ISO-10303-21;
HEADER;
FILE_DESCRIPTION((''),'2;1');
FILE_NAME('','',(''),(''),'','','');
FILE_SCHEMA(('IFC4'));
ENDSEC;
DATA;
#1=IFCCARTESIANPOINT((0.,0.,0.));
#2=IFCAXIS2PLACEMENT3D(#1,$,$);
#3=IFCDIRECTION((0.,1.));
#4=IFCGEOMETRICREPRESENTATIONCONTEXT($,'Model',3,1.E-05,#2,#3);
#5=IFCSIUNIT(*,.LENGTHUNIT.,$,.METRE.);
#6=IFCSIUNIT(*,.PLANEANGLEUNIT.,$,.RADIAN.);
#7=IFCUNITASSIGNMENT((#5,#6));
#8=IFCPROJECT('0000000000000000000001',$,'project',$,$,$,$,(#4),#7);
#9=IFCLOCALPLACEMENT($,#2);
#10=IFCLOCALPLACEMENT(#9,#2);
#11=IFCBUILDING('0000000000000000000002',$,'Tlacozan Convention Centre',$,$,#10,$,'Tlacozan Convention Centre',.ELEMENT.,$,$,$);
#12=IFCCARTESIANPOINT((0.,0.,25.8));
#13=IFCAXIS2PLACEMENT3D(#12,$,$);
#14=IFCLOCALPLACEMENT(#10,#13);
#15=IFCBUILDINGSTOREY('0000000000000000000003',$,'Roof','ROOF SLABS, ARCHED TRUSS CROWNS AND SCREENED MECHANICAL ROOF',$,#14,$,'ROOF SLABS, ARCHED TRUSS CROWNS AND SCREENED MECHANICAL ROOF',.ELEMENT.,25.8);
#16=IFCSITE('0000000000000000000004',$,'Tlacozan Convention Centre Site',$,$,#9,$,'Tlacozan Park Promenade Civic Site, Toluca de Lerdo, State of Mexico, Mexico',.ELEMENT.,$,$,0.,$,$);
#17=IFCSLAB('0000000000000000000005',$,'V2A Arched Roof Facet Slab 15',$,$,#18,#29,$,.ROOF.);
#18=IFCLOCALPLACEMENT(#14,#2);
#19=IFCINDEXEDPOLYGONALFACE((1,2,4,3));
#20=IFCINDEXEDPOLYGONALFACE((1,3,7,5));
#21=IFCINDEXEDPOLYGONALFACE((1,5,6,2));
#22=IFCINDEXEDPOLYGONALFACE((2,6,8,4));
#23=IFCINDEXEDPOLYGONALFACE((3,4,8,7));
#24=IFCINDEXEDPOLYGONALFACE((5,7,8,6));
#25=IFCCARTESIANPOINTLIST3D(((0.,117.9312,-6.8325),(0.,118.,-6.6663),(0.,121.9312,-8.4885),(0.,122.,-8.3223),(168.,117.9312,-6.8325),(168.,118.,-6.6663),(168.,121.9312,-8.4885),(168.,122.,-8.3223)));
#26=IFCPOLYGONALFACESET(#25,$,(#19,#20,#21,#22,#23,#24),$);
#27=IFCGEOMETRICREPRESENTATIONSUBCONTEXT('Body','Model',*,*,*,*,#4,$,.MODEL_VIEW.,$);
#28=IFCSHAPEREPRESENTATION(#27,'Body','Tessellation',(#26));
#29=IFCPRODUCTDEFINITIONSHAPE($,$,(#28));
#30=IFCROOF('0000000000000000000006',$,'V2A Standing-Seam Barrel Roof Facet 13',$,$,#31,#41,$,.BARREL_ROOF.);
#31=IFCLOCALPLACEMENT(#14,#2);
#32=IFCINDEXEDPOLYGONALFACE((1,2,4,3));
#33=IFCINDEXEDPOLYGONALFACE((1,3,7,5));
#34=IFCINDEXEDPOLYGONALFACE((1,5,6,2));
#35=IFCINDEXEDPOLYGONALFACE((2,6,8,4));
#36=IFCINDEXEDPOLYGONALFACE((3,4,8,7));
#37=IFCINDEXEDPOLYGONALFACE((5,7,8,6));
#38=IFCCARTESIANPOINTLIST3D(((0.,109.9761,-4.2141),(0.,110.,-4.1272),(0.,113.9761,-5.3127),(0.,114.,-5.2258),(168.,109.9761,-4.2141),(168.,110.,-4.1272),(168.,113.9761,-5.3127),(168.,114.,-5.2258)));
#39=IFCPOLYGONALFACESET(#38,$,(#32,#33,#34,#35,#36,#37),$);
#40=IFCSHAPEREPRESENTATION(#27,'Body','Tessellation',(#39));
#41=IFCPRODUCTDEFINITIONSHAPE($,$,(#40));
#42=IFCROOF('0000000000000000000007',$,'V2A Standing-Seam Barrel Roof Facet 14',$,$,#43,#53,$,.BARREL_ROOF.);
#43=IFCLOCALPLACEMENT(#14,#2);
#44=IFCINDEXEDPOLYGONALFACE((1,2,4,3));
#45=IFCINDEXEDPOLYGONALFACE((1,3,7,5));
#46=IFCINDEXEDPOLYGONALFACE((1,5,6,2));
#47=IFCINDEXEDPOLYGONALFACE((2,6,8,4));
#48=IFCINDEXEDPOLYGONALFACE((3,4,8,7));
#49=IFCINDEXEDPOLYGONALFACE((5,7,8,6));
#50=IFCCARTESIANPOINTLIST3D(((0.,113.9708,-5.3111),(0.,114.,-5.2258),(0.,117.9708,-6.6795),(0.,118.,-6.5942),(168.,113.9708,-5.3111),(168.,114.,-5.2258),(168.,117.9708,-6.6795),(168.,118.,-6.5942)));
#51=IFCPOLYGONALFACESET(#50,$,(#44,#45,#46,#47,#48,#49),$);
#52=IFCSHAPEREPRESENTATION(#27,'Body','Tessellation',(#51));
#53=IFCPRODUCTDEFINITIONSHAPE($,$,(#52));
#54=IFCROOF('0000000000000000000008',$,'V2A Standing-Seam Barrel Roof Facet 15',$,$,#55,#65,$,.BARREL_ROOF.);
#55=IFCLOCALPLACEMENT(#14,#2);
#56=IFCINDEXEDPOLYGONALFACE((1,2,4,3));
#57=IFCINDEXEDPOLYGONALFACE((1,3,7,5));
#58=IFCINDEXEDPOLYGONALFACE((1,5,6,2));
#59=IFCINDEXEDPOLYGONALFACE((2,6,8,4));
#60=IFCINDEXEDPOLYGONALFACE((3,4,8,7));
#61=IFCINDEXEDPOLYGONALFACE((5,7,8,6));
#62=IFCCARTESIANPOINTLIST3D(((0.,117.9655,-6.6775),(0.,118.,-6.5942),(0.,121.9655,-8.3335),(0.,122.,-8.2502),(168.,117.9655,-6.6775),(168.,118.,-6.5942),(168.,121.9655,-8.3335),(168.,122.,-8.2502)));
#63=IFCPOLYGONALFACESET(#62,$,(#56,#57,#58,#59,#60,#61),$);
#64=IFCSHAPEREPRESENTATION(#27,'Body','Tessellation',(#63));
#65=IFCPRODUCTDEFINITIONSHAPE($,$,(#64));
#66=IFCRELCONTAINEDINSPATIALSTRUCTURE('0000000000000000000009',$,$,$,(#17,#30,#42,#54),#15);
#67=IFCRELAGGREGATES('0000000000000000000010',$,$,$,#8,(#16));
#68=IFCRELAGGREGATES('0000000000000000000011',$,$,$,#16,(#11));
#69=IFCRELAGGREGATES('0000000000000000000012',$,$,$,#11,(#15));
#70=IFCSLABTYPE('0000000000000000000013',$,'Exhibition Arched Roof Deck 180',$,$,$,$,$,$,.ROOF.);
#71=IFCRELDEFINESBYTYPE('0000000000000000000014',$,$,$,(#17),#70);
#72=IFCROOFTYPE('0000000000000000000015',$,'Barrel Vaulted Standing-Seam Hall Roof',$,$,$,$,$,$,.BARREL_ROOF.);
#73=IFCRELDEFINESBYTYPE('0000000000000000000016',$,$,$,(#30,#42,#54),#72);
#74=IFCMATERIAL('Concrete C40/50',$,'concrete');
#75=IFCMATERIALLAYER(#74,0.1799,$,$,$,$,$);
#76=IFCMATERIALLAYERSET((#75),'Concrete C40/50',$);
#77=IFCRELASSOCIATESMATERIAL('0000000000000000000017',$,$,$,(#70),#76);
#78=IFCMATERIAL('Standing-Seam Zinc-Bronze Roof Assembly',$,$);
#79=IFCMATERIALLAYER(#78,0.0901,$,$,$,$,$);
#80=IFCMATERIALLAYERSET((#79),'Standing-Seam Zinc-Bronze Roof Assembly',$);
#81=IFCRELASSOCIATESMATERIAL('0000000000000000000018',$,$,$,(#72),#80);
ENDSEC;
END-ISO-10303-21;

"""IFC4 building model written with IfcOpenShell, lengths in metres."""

from ifc_helpers import new_model, si_unit, direction, frame, origin, place, context, subcontext, project, spatial, polyline, outline, extrude, material, layer, layer_set, type_object, element, save


model = new_model("IFC4")

# Units and contexts
model_context = context("Model", 3, precision=1e-05, world=origin(), true_north=direction((0.0, 1.0)))
body_context = subcontext(model_context, "Body", "Model", "MODEL_VIEW")
ifc_project = project(units=[si_unit("LENGTHUNIT", "METRE"), si_unit("PLANEANGLEUNIT", "RADIAN")], contexts=[model_context])

# Site, building, storey
site_placement = place(None, origin())
site = spatial("IfcSite", under=ifc_project, at=site_placement, Name="Tlacozan Convention Centre Site", LongName="Tlacozan Park Promenade Civic Site, Toluca de Lerdo, State of Mexico, Mexico", CompositionType="ELEMENT", RefElevation=0.0)
building_placement = place(site_placement, origin())
building = spatial("IfcBuilding", under=site, at=building_placement, Name="Tlacozan Convention Centre", LongName="Tlacozan Convention Centre", CompositionType="ELEMENT")
storey_placement = place(building_placement, frame((0.0, 0.0, 25.8)))
storey = spatial("IfcBuildingStorey", under=building, at=storey_placement, Name="Roof", Description="ROOF SLABS, ARCHED TRUSS CROWNS AND SCREENED MECHANICAL ROOF", LongName="ROOF SLABS, ARCHED TRUSS CROWNS AND SCREENED MECHANICAL ROOF", CompositionType="ELEMENT", Elevation=25.8)

# Slab
ifc_material_1 = material(Name="Concrete C40/50", Category="concrete")
ifc_layer_1 = layer(ifc_material_1, 0.1799)
ifc_layer_set_1 = layer_set([ifc_layer_1], Name="Concrete C40/50")
slab_type = type_object("IfcSlabType", Name="Exhibition Arched Roof Deck 180", PredefinedType="ROOF", material=ifc_layer_set_1)
slab_1_placement = place(storey_placement, frame((0.0, 118.0, -6.6663), z_axis=(0.0, 0.382516, 0.923949), x_axis=(1.0, 0.0, 0.0)))
element("IfcSlab", 1, at=slab_1_placement, inside=storey, type_object=slab_type, Name="V2A Arched Roof Facet Slab 15", PredefinedType="ROOF", context=body_context, shape_type="SweptSolid", body=[
    extrude(outline(polyline([(0.0, 0.0), (168.0, 0.0), (168.0, 4.3292), (0.0, 4.3292), (0.0, 0.0)])), origin(), (0.0, 0.0, -1.0), 0.1799),
])

# Roofs
ifc_material_2 = material(Name="Standing-Seam Zinc-Bronze Roof Assembly")
ifc_layer_2 = layer(ifc_material_2, 0.0901)
ifc_layer_set_2 = layer_set([ifc_layer_2], Name="Standing-Seam Zinc-Bronze Roof Assembly")
roof_type = type_object("IfcRoofType", Name="Barrel Vaulted Standing-Seam Hall Roof", PredefinedType="BARREL_ROOF", material=ifc_layer_set_2)
roof_1_placement = place(storey_placement, frame((0.0, 110.0, -4.1272), z_axis=(0.0, 0.26485, 0.96429), x_axis=(1.0, 0.0, 0.0)))
element("IfcRoof", 2, at=roof_1_placement, inside=storey, type_object=roof_type, Name="V2A Standing-Seam Barrel Roof Facet 13", PredefinedType="BARREL_ROOF", context=body_context, shape_type="SweptSolid", body=[
    extrude(outline(polyline([(0.0, 0.0), (168.0, 0.0), (168.0, 4.1481), (0.0, 4.1481), (0.0, 0.0)])), origin(), (0.0, 0.0, -1.0), 0.0901),
])
roof_2_placement = place(storey_placement, frame((0.0, 114.0, -5.2258), z_axis=(0.0, 0.323685, 0.946165), x_axis=(1.0, 0.0, 0.0)))
element("IfcRoof", 3, at=roof_2_placement, inside=storey, type_object=roof_type, Name="V2A Standing-Seam Barrel Roof Facet 14", PredefinedType="BARREL_ROOF", context=body_context, shape_type="SweptSolid", body=[
    extrude(outline(polyline([(0.0, 0.0), (168.0, 0.0), (168.0, 4.2276), (0.0, 4.2276), (0.0, 0.0)])), origin(), (0.0, 0.0, -1.0), 0.0901),
])
roof_3_placement = place(storey_placement, frame((0.0, 118.0, -6.5942), z_axis=(0.0, 0.382516, 0.923949), x_axis=(1.0, 0.0, 0.0)))
element("IfcRoof", 4, at=roof_3_placement, inside=storey, type_object=roof_type, Name="V2A Standing-Seam Barrel Roof Facet 15", PredefinedType="BARREL_ROOF", context=body_context, shape_type="SweptSolid", body=[
    extrude(outline(polyline([(0.0, 0.0), (168.0, 0.0), (168.0, 4.3292), (0.0, 4.3292), (0.0, 0.0)])), origin(), (0.0, 0.0, -1.0), 0.0901),
])

save(model, "model.ifc")
